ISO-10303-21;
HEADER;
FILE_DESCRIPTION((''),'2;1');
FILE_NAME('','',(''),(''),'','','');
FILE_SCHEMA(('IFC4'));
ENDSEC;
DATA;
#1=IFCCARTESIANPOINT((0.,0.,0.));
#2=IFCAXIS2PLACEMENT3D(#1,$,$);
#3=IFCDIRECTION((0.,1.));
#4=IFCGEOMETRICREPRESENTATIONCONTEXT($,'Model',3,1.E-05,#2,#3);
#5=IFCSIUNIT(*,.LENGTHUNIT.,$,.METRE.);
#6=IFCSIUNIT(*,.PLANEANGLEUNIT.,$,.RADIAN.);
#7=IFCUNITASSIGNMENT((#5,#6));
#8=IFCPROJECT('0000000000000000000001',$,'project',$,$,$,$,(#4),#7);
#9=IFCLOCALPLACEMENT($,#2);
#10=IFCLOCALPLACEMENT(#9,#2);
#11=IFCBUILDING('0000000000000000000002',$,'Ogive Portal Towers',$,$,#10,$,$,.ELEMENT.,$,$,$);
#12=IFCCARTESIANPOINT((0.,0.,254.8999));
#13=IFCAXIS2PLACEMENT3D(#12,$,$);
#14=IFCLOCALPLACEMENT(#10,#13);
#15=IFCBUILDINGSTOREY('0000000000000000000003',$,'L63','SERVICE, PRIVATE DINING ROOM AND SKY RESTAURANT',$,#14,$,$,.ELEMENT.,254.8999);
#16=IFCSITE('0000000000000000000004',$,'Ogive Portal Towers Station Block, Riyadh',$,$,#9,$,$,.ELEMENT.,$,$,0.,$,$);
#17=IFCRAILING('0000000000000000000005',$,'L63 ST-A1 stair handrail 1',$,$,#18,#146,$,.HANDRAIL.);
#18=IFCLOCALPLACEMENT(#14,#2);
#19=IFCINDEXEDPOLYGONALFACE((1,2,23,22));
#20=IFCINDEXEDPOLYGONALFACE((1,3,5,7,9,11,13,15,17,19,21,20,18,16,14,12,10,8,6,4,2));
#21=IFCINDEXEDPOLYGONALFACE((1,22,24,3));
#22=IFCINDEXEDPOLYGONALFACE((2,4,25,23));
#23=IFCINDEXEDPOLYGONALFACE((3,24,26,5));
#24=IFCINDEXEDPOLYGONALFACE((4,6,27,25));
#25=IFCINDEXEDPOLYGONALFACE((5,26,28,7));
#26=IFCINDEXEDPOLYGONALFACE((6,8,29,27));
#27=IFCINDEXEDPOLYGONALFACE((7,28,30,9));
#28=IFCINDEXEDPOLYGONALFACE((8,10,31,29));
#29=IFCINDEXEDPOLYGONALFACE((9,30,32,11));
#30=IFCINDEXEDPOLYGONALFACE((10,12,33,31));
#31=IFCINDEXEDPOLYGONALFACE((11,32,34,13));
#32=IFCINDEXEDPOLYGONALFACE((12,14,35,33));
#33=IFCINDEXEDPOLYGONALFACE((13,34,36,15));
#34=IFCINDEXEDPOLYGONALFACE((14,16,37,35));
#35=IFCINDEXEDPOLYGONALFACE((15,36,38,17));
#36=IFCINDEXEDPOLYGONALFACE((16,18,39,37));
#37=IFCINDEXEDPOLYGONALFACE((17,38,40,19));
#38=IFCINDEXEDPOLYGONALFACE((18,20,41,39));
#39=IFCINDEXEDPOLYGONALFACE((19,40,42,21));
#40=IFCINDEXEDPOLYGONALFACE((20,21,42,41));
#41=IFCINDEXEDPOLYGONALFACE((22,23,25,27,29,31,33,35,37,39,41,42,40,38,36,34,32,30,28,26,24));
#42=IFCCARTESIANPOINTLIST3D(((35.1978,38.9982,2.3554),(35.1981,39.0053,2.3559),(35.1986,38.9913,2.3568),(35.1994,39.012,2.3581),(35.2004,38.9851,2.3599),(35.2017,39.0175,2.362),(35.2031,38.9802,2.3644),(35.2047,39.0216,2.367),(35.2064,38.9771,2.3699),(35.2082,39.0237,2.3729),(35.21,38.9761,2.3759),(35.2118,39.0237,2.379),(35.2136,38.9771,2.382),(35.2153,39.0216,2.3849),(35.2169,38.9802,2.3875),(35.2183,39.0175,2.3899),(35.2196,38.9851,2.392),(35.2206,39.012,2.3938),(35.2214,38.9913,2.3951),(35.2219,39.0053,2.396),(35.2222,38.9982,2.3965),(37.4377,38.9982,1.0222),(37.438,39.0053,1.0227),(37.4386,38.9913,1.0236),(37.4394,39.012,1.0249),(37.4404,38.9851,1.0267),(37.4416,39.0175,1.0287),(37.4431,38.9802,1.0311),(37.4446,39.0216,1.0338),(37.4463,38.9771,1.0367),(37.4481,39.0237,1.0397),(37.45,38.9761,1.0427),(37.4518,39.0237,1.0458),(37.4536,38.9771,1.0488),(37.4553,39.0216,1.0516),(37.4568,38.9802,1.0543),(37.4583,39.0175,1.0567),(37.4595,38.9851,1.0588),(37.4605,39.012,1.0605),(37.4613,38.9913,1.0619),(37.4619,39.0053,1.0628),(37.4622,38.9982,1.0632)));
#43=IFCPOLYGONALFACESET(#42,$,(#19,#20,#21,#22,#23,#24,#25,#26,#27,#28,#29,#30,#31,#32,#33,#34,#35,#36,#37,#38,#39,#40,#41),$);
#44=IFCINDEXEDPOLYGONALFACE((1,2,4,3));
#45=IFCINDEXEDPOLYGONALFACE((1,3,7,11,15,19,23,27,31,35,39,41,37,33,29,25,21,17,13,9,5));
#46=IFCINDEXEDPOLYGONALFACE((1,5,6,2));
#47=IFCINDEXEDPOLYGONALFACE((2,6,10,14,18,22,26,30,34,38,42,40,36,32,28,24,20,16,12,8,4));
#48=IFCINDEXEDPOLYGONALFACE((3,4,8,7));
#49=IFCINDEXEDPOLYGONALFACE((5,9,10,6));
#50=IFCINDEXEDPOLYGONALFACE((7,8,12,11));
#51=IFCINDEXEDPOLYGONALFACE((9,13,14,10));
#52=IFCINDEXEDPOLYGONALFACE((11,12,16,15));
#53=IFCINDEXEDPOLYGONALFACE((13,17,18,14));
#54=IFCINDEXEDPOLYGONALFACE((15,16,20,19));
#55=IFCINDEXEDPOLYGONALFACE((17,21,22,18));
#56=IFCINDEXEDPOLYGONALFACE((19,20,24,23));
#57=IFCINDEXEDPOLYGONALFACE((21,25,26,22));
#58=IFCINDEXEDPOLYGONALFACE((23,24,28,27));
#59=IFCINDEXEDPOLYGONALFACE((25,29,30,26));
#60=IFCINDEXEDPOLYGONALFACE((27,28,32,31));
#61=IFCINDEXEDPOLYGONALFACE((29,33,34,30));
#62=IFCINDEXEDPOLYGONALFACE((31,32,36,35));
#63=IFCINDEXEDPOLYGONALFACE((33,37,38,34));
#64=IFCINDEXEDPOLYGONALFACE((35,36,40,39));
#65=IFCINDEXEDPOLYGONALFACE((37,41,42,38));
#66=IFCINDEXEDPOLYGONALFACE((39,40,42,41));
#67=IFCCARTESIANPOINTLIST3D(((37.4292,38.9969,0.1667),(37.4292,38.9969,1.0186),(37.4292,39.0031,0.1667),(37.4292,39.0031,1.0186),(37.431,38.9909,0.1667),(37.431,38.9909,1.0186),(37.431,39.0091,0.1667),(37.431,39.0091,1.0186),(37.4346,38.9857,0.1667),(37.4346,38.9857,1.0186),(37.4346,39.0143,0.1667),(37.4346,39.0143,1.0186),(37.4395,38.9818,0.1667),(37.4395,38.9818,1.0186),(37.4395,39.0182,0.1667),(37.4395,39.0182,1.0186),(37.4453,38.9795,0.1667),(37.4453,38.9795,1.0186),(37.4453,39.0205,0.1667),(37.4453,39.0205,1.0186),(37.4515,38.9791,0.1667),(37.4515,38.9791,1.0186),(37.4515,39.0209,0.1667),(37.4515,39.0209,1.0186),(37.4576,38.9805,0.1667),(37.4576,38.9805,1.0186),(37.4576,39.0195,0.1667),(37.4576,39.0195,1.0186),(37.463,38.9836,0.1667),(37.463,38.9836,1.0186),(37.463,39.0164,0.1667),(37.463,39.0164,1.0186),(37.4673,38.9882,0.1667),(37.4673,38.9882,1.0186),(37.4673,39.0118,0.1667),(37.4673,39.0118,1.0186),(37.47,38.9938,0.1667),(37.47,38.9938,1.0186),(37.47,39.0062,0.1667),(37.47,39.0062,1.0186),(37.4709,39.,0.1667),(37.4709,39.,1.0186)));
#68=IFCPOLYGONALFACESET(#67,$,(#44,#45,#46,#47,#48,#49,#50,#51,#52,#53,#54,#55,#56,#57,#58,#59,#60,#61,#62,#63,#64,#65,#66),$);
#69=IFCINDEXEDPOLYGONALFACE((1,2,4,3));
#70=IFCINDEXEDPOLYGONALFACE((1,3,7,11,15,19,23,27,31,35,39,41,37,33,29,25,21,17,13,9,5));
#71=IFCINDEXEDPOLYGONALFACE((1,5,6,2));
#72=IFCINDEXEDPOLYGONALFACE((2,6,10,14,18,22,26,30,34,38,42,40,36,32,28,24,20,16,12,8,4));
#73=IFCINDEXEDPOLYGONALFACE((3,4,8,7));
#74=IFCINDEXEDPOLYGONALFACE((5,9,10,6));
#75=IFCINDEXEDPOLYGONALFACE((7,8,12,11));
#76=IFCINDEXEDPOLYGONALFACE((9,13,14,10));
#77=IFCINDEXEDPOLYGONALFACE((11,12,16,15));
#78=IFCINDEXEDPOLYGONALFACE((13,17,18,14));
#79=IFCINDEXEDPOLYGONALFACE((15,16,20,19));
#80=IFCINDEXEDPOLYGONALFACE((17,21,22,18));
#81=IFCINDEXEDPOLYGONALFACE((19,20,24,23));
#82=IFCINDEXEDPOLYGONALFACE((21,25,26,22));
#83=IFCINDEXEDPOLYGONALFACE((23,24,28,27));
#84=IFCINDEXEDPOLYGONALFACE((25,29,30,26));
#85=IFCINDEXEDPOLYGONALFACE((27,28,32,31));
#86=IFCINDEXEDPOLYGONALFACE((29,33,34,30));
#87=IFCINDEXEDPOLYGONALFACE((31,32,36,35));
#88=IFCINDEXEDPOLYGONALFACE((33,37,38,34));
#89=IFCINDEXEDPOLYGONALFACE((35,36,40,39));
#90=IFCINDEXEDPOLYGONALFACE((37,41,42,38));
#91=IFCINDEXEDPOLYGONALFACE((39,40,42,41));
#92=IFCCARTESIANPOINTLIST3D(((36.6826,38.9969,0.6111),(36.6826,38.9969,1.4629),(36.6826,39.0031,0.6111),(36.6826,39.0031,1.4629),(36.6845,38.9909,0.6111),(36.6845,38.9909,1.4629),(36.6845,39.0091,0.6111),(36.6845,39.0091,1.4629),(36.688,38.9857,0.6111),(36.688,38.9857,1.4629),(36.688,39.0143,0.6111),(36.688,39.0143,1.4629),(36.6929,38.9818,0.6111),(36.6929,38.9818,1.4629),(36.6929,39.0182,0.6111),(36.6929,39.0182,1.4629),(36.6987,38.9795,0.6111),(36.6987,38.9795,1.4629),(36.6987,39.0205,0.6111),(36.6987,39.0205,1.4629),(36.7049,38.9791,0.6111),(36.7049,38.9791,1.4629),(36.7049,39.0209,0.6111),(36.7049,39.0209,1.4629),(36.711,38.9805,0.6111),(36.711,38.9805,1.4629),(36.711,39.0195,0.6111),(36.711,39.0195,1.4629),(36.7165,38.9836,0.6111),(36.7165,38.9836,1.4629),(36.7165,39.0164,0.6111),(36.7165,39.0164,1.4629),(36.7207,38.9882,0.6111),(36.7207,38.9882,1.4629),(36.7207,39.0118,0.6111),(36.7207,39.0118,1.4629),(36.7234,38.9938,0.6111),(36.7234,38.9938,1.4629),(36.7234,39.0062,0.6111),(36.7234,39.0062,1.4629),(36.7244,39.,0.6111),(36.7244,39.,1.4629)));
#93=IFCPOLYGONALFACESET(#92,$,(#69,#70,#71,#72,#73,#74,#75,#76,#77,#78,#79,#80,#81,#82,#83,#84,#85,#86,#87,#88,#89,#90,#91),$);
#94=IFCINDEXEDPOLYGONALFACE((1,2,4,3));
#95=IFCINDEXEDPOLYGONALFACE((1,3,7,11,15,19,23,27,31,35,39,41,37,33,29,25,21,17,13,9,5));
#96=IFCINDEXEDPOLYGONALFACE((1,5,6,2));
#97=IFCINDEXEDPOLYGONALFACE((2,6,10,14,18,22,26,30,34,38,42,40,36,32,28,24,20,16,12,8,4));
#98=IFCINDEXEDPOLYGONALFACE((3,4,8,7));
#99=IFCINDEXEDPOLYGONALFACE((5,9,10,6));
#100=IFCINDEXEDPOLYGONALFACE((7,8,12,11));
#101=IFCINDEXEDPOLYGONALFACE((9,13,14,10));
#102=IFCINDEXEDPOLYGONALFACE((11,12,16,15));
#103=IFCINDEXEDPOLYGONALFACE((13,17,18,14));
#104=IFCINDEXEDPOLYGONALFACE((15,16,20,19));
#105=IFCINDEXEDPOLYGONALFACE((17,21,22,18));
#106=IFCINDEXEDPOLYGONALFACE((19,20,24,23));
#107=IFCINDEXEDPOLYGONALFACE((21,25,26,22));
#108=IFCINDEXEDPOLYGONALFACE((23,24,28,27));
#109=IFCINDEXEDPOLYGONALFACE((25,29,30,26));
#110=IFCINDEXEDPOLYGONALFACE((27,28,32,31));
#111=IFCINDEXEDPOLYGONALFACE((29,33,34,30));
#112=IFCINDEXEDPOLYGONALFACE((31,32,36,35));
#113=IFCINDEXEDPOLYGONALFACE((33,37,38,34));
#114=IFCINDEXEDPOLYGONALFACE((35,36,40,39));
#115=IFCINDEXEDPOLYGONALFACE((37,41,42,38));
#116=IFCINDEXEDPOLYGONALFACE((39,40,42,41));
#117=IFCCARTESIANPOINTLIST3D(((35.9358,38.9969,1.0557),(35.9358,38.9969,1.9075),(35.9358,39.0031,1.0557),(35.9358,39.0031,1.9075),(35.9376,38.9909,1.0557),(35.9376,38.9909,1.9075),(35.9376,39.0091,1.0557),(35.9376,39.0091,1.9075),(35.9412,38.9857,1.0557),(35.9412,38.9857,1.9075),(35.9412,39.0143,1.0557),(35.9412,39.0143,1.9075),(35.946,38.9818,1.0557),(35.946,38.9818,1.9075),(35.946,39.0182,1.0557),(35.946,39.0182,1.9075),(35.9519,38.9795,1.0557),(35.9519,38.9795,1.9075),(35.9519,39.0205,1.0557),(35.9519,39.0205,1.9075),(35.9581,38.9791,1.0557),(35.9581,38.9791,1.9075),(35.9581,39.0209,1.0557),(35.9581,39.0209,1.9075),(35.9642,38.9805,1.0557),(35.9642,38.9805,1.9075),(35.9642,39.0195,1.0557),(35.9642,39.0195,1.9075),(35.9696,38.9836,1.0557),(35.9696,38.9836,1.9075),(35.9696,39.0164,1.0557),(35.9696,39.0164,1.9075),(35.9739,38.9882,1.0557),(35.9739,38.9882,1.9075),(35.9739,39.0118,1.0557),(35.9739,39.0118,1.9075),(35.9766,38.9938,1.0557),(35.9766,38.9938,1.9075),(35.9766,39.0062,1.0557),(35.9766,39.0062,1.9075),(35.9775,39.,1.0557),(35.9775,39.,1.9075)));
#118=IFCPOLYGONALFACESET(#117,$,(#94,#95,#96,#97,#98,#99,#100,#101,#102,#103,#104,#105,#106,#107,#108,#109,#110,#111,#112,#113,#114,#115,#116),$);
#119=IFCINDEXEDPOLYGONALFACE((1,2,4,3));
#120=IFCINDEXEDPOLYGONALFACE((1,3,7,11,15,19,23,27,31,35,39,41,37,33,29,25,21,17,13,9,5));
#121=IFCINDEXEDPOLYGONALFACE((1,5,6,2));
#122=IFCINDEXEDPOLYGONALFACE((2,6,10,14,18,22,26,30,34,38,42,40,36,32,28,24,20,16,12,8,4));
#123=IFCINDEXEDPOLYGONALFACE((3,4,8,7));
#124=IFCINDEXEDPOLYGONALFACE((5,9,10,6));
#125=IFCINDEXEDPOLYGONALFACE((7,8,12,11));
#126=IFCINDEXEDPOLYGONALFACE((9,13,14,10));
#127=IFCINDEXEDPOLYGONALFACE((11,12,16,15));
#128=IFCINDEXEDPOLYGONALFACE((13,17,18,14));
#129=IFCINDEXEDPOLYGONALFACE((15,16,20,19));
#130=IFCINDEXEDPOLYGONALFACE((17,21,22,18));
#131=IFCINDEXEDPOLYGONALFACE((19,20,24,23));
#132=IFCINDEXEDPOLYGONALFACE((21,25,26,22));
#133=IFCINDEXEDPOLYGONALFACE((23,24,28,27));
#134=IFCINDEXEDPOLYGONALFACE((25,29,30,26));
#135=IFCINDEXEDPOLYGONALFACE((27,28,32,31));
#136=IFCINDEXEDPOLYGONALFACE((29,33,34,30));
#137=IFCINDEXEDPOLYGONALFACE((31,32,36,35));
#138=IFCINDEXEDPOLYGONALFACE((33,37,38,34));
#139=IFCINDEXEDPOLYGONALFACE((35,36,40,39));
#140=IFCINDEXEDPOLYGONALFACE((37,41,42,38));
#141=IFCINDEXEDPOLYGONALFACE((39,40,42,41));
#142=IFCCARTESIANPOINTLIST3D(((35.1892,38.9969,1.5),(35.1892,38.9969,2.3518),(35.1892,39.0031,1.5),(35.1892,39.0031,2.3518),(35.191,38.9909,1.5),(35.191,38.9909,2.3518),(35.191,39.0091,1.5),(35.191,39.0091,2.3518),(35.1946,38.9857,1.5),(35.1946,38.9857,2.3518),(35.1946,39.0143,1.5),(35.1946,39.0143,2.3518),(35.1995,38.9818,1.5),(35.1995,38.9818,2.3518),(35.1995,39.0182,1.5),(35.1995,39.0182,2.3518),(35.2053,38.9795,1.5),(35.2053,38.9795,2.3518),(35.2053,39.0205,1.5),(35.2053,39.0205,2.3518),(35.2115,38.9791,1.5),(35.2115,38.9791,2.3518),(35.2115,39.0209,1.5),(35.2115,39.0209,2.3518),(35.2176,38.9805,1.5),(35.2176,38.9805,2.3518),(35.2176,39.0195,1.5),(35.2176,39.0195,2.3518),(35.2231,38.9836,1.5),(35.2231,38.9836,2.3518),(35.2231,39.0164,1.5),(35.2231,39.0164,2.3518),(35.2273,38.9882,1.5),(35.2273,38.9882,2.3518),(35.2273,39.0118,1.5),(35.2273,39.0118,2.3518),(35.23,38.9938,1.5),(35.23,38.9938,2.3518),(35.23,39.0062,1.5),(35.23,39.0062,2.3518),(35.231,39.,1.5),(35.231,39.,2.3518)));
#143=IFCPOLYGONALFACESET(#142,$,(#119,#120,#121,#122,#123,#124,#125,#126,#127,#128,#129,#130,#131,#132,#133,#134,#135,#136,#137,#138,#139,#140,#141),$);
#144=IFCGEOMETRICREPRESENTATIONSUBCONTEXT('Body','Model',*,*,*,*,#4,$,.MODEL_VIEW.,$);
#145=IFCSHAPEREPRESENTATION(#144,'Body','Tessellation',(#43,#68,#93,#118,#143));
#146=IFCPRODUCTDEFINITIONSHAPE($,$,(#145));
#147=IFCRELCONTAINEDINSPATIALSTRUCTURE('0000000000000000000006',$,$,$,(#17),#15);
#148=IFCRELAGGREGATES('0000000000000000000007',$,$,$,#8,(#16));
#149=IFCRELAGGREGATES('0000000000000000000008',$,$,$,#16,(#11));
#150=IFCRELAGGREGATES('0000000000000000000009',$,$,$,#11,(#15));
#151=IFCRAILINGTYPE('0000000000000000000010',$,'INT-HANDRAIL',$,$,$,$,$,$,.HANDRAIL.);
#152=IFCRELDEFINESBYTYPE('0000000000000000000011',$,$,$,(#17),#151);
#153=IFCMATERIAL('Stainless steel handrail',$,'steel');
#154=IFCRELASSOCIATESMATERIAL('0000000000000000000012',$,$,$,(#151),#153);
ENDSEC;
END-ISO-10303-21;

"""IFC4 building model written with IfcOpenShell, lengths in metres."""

from ifc_helpers import new_model, si_unit, direction, frame, origin, origin_2d, place, context, subcontext, project, spatial, circle, extrude, material, type_object, element, save


model = new_model("IFC4")

# Units and contexts
model_context = context("Model", 3, precision=1e-05, world=origin(), true_north=direction((0.0, 1.0)))
body_context = subcontext(model_context, "Body", "Model", "MODEL_VIEW")
ifc_project = project(units=[si_unit("LENGTHUNIT", "METRE"), si_unit("PLANEANGLEUNIT", "RADIAN")], contexts=[model_context])

# Site, building, storey
site_placement = place(None, origin())
site = spatial("IfcSite", under=ifc_project, at=site_placement, Name="Ogive Portal Towers Station Block, Riyadh", CompositionType="ELEMENT", RefElevation=0.0)
building_placement = place(site_placement, origin())
building = spatial("IfcBuilding", under=site, at=building_placement, Name="Ogive Portal Towers", CompositionType="ELEMENT")
storey_placement = place(building_placement, frame((0.0, 0.0, 254.8999)))
storey = spatial("IfcBuildingStorey", under=building, at=storey_placement, Name="L63", Description="SERVICE, PRIVATE DINING ROOM AND SKY RESTAURANT", CompositionType="ELEMENT", Elevation=254.8999)

# Railing
ifc_material_1 = material(Name="Stainless steel handrail", Category="steel")
railing_type_1 = type_object("IfcRailingType", Name="INT-HANDRAIL", PredefinedType="HANDRAIL", material=ifc_material_1)
railing_1_placement = place(storey_placement, frame((37.45, 39.0, 0.1667)))
element("IfcRailing", 1, at=railing_1_placement, inside=storey, type_object=railing_type_1, Name="L63 ST-A1 stair handrail 1", PredefinedType="HANDRAIL", context=body_context, shape_type="SweptSolid", body=[
    extrude(circle(Radius=0.0239, at=origin_2d()), frame((0.0, 0.0, 0.876), z_axis=(-0.859306, 0.0, 0.511462), x_axis=(0.0, -1.0, 0.0)), (0.0, 0.0, 1.0), 2.6067),
    extrude(circle(Radius=0.021, at=origin_2d()), origin(), (0.0, 0.0, 1.0), 0.8518),
    extrude(circle(Radius=0.021, at=origin_2d()), frame((-0.7466, 0.0, 0.4443)), (0.0, 0.0, 1.0), 0.8518),
    extrude(circle(Radius=0.021, at=origin_2d()), frame((-1.4934, 0.0, 0.8889)), (0.0, 0.0, 1.0), 0.8518),
    extrude(circle(Radius=0.021, at=origin_2d()), frame((-2.24, 0.0, 1.3333)), (0.0, 0.0, 1.0), 0.8518),
])

save(model, "model.ifc")
